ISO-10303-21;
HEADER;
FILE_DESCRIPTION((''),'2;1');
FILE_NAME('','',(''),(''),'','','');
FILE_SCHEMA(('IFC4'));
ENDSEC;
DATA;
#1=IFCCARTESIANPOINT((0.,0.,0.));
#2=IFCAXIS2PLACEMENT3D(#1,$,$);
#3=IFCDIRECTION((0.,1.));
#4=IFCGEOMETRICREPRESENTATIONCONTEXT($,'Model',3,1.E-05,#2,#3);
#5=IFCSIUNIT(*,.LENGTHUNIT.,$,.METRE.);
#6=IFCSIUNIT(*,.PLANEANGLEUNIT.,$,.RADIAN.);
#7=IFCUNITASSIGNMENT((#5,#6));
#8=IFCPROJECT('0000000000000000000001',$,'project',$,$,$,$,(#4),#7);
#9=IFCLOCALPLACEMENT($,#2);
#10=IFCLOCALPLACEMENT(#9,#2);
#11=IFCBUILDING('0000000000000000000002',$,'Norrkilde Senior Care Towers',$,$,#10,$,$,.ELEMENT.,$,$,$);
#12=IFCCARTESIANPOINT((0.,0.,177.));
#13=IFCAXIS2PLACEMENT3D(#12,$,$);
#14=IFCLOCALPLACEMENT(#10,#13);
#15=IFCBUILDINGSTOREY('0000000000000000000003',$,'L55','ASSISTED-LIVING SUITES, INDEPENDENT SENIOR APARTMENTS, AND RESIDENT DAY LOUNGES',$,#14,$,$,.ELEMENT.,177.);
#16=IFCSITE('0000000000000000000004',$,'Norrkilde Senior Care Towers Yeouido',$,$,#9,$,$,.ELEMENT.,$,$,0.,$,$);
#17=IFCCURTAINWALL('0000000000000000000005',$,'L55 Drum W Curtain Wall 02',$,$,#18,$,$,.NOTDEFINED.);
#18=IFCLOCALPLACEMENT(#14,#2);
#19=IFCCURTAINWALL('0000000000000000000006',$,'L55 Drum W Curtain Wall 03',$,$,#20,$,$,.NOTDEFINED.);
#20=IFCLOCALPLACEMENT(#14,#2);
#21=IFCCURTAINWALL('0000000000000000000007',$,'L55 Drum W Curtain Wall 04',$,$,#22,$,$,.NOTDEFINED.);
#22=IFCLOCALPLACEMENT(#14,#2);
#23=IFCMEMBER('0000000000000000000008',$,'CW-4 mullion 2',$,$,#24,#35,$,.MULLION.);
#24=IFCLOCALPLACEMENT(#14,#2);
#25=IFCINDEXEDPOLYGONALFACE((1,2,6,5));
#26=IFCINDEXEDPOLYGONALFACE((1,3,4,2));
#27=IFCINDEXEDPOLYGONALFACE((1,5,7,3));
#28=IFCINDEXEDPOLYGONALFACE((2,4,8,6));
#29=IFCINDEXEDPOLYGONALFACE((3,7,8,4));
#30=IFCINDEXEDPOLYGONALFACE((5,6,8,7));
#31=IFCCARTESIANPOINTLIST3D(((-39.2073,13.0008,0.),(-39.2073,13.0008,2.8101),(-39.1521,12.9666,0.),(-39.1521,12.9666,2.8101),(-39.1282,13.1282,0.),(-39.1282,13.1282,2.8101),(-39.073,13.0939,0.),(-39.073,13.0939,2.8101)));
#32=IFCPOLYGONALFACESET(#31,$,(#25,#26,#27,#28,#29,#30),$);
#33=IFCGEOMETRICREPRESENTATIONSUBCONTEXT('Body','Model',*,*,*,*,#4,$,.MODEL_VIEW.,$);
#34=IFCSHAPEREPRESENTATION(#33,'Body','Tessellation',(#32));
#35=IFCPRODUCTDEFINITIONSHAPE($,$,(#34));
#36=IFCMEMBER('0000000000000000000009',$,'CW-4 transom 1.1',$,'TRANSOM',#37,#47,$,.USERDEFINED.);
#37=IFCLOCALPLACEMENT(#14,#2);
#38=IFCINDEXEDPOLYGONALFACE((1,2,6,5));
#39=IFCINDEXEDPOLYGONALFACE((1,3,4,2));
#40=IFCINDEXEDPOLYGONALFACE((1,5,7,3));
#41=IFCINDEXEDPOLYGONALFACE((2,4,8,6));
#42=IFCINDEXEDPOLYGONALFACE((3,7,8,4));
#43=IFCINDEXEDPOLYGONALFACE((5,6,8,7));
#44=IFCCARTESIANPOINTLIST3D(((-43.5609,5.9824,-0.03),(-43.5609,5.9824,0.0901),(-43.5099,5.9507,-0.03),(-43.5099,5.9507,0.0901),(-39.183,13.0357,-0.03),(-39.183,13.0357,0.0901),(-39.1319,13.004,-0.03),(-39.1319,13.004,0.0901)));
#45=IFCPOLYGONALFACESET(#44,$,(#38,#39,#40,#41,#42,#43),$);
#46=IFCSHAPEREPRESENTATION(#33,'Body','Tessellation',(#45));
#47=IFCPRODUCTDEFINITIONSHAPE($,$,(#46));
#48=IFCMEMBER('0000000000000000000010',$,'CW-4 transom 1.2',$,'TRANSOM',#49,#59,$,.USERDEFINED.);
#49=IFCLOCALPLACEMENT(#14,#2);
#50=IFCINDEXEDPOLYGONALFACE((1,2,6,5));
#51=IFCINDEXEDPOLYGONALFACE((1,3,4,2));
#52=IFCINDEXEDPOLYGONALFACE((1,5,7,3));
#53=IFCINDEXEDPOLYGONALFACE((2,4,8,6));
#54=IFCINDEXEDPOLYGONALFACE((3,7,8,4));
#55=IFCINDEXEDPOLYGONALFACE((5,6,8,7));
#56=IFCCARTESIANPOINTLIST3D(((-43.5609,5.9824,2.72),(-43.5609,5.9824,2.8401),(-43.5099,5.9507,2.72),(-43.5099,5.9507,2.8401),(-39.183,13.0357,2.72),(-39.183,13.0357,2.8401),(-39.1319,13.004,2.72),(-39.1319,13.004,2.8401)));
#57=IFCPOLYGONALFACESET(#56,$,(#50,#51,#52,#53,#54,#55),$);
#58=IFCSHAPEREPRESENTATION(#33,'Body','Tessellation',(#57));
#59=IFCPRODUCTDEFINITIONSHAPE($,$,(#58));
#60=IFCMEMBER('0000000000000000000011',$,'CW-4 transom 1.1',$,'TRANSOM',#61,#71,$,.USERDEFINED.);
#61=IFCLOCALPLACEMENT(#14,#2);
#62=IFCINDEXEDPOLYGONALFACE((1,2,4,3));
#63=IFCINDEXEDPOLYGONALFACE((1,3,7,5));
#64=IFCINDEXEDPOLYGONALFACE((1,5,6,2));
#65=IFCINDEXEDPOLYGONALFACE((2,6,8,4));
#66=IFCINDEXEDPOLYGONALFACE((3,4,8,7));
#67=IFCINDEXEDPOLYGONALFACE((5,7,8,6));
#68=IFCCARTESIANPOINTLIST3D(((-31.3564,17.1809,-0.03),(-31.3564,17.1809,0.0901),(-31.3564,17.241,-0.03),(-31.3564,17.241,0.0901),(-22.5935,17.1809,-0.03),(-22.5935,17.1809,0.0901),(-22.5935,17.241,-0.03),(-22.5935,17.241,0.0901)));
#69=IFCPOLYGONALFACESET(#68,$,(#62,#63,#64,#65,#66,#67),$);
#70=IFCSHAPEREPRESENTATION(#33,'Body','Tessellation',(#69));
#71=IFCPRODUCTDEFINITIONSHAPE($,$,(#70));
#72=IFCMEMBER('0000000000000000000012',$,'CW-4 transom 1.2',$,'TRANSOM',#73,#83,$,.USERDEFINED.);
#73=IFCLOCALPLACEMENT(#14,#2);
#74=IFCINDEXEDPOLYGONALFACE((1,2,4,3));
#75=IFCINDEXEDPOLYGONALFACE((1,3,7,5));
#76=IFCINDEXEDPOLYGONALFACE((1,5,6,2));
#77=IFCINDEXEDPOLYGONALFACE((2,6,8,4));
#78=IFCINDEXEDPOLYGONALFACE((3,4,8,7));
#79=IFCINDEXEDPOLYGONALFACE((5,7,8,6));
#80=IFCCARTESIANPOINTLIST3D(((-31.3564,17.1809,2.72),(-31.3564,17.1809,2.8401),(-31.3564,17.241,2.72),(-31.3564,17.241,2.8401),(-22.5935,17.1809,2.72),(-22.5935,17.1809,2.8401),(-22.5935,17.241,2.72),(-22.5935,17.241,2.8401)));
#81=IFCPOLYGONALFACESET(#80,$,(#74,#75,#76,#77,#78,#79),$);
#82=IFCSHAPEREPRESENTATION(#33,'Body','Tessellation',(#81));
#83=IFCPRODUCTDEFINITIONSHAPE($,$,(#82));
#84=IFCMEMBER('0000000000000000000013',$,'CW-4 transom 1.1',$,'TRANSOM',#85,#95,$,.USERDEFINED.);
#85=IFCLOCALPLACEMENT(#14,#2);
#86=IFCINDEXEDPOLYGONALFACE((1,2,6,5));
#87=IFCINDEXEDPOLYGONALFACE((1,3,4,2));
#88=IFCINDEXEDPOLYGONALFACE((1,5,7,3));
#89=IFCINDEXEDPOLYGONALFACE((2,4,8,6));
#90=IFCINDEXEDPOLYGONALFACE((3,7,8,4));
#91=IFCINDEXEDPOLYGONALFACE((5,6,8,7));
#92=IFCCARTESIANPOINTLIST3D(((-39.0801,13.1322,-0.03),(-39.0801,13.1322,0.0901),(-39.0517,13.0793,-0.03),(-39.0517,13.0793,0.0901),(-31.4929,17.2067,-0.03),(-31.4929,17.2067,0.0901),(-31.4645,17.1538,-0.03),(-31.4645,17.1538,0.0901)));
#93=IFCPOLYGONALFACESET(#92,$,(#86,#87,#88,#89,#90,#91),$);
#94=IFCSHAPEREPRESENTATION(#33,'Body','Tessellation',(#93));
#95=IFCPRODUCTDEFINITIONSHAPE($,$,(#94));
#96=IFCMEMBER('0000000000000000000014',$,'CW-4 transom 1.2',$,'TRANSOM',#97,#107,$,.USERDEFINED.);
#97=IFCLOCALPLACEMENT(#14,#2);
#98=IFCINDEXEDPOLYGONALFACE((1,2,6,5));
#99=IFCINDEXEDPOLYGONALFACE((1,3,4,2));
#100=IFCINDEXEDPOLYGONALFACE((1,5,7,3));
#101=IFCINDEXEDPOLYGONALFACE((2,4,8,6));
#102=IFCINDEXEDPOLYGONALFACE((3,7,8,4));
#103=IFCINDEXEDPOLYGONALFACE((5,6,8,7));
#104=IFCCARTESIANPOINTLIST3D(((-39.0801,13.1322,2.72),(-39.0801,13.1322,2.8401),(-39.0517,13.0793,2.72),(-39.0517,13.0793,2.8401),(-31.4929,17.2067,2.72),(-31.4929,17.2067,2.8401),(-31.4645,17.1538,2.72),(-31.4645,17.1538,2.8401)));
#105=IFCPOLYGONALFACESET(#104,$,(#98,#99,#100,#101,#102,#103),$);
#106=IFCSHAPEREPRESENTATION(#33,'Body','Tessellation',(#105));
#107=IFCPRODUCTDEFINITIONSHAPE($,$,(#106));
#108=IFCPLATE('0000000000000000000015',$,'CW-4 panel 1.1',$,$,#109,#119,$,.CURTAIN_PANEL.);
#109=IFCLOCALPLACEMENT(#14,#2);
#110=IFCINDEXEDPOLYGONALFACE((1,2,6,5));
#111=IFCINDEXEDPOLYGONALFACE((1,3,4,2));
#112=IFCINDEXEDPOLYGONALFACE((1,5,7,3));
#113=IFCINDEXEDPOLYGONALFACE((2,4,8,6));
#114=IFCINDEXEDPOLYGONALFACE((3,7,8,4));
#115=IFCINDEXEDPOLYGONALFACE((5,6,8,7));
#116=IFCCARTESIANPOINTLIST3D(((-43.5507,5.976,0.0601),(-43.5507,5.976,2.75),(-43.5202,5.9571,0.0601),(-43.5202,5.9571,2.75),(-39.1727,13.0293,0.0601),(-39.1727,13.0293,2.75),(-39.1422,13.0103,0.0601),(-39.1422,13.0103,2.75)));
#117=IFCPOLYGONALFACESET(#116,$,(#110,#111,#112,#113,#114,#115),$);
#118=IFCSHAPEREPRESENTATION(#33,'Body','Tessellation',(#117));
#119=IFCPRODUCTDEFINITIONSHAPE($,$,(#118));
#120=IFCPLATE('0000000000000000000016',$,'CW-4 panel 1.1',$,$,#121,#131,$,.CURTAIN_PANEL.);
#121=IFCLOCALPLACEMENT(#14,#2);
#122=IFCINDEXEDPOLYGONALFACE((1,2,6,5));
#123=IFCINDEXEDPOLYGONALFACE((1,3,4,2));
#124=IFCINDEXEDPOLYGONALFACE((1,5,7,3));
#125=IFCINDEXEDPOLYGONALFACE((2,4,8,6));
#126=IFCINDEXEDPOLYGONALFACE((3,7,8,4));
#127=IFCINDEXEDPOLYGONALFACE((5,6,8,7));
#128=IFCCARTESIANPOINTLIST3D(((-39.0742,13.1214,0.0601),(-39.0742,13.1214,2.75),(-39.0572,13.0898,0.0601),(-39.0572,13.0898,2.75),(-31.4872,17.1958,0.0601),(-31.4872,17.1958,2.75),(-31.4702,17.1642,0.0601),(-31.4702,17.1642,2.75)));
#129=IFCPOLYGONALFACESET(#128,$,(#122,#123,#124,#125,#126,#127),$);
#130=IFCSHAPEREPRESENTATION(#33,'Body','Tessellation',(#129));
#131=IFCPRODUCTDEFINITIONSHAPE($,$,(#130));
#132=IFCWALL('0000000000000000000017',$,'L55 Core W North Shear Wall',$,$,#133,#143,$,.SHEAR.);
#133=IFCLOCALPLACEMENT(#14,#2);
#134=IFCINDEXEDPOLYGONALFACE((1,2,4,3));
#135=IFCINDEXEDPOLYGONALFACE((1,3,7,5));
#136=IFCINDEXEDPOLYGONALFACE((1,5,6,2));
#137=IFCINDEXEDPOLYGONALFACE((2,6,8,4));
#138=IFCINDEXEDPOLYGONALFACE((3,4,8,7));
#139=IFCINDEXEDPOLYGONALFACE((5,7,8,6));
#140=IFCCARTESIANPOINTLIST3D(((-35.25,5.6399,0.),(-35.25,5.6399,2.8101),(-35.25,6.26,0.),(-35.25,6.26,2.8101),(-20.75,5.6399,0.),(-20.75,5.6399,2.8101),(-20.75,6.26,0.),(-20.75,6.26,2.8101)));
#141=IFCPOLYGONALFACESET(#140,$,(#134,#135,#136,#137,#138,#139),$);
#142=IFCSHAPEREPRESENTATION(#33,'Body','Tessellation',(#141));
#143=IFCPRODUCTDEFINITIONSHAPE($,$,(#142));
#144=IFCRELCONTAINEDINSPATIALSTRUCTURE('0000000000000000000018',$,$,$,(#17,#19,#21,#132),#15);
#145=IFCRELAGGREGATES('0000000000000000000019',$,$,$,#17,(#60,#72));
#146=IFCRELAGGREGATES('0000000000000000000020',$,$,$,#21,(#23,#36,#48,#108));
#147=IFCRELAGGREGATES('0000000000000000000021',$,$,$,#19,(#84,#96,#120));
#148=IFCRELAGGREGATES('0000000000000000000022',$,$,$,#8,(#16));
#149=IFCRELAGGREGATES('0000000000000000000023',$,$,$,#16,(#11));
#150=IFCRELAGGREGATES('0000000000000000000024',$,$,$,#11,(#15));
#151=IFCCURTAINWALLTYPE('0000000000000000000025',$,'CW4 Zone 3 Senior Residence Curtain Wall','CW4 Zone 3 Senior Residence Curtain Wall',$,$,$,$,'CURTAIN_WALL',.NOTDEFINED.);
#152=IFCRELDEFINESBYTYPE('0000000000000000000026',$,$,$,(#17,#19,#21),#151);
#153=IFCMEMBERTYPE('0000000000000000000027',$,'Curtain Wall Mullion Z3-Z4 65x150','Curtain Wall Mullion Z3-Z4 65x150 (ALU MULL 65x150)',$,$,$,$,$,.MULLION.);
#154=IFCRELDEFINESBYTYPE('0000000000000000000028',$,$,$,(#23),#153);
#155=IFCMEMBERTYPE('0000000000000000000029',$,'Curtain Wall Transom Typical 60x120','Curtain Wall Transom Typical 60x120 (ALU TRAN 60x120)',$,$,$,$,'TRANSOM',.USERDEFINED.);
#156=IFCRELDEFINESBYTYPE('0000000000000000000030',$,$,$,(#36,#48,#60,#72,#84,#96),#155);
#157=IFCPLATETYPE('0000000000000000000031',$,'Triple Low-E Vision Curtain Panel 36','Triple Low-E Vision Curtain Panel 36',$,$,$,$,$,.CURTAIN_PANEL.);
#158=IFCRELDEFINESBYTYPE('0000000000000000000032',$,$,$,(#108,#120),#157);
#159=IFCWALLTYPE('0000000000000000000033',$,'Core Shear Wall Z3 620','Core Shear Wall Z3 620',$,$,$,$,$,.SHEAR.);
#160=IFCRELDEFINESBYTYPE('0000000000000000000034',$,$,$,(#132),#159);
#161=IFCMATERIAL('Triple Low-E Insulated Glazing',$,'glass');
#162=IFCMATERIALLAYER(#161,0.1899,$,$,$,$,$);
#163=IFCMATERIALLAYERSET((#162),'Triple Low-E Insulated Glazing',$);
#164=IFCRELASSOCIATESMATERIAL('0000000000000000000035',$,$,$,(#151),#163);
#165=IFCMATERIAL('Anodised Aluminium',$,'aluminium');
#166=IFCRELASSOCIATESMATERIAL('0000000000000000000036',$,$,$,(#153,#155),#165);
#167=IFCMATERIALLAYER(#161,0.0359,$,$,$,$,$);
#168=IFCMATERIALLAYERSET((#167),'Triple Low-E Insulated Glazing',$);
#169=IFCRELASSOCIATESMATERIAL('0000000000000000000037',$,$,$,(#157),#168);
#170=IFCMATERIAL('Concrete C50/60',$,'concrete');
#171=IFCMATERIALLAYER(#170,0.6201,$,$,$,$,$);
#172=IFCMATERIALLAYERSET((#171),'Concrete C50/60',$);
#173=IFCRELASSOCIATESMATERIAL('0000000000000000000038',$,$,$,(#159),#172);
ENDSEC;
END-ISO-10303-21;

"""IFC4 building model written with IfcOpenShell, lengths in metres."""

from ifc_helpers import new_model, si_unit, direction, frame, frame_2d, origin, origin_2d, place, context, subcontext, project, spatial, rectangle, extrude, source, transform, mapped, material, layer, layer_set, material_profile, profile_set, type_object, type_shapes, element, aggregate, save


model = new_model("IFC4")

# Units and contexts
model_context = context("Model", 3, precision=1e-05, world=origin(), true_north=direction((0.0, 1.0)))
body_context = subcontext(model_context, "Body", "Model", "MODEL_VIEW")
ifc_project = project(units=[si_unit("LENGTHUNIT", "METRE"), si_unit("PLANEANGLEUNIT", "RADIAN")], contexts=[model_context])

# Site, building, storey
site_placement = place(None, origin())
site = spatial("IfcSite", under=ifc_project, at=site_placement, Name="Norrkilde Senior Care Towers Yeouido", CompositionType="ELEMENT", RefElevation=0.0)
building_placement = place(site_placement, origin())
building = spatial("IfcBuilding", under=site, at=building_placement, Name="Norrkilde Senior Care Towers", CompositionType="ELEMENT")
storey_placement = place(building_placement, frame((0.0, 0.0, 177.0)))
storey = spatial("IfcBuildingStorey", under=building, at=storey_placement, Name="L55", Description="ASSISTED-LIVING SUITES, INDEPENDENT SENIOR APARTMENTS, AND RESIDENT DAY LOUNGES", CompositionType="ELEMENT", Elevation=177.0)

# Shared definitions
ifc_material_1 = material(Name="Concrete C50/60", Category="concrete")

# Curtain wall
ifc_material_2 = material(Name="Triple Low-E Insulated Glazing", Category="glass")
ifc_layer_1 = layer(ifc_material_2, 0.1899)
ifc_layer_set_1 = layer_set([ifc_layer_1], Name="Triple Low-E Insulated Glazing")
curtain_wall_type = type_object("IfcCurtainWallType", Name="CW4 Zone 3 Senior Residence Curtain Wall", Description="CW4 Zone 3 Senior Residence Curtain Wall", ElementType="CURTAIN_WALL", PredefinedType="NOTDEFINED", material=ifc_layer_set_1)
curtain_wall_1_placement = place(storey_placement, origin())
curtain_wall_1 = element("IfcCurtainWall", 1, at=curtain_wall_1_placement, inside=storey, type_object=curtain_wall_type, Name="L55 Drum W Curtain Wall 02", PredefinedType="NOTDEFINED")
ifc_material_3 = material(Name="Anodised Aluminium", Category="aluminium")
ifc_material_profile_1 = material_profile(ifc_material_3, rectangle(XDim=0.0649, YDim=0.1499, at=origin_2d()), Name="ALU MULL 65x150")
ifc_profile_set_1 = profile_set([ifc_material_profile_1], Name="Anodised Aluminium")
member_type_1 = type_object("IfcMemberType", Name="Curtain Wall Mullion Z3-Z4 65x150", Description="Curtain Wall Mullion Z3-Z4 65x150 (ALU MULL 65x150)", PredefinedType="MULLION", material=ifc_profile_set_1)
shared_shape_1 = source(origin(), body_context, "Body", "SweptSolid", [
    extrude(rectangle(XDim=0.0649, YDim=0.1499, at=origin_2d()), origin(), (0.0, 0.0, 1.0), 2.8101),
])
type_shapes(member_type_1, [shared_shape_1])

# Curtain walls, members
curtain_wall_2_placement = place(storey_placement, origin())
curtain_wall_2 = element("IfcCurtainWall", 2, at=curtain_wall_2_placement, inside=storey, type_object=curtain_wall_type, Name="L55 Drum W Curtain Wall 03", PredefinedType="NOTDEFINED")
curtain_wall_3_placement = place(storey_placement, origin())
curtain_wall_3 = element("IfcCurtainWall", 3, at=curtain_wall_3_placement, inside=storey, type_object=curtain_wall_type, Name="L55 Drum W Curtain Wall 04", PredefinedType="NOTDEFINED")
member_1_placement = place(storey_placement, frame((-39.1401, 13.0474, 0.0), z_axis=(0.0, 0.0, 1.0), x_axis=(-0.849634, 0.527373, 0.0)))
member_1 = element("IfcMember", 4, at=member_1_placement, type_object=member_type_1, Name="CW-4 mullion 2", PredefinedType="MULLION", context=body_context, shape_type="MappedRepresentation", body=[
    mapped(shared_shape_1, transform((0.0, 0.0, 0.0), x_axis=(1.0, 0.0, 0.0), y_axis=(0.0, 1.0, 0.0), z_axis=(0.0, 0.0, 1.0), scale=1.0)),
])
ifc_material_profile_2 = material_profile(ifc_material_3, rectangle(XDim=0.0601, YDim=0.1201, at=origin_2d()), Name="ALU TRAN 60x120")
ifc_profile_set_2 = profile_set([ifc_material_profile_2], Name="Anodised Aluminium")
member_type_2 = type_object("IfcMemberType", Name="Curtain Wall Transom Typical 60x120", Description="Curtain Wall Transom Typical 60x120 (ALU TRAN 60x120)", ElementType="TRANSOM", PredefinedType="USERDEFINED", material=ifc_profile_set_2)
shared_shape_2 = source(origin(), body_context, "Body", "SweptSolid", [
    extrude(rectangle(XDim=0.0601, YDim=0.1201, at=origin_2d()), origin(), (0.0, 0.0, 1.0), 8.3015),
])
member_2_placement = place(storey_placement, frame((-43.5354, 5.9666, 0.03), z_axis=(0.527369, 0.849637, 0.0), x_axis=(-0.849637, 0.527369, 0.0)))
member_2 = element("IfcMember", 5, at=member_2_placement, type_object=member_type_2, Name="CW-4 transom 1.1", ObjectType="TRANSOM", PredefinedType="USERDEFINED", context=body_context, shape_type="MappedRepresentation", body=[
    mapped(shared_shape_2, transform((0.0, 0.0, 0.0), x_axis=(1.0, 0.0, 0.0), y_axis=(0.0, 1.0, 0.0), z_axis=(0.0, 0.0, 1.0), scale=1.0)),
])
member_3_placement = place(storey_placement, frame((-43.5354, 5.9666, 2.78), z_axis=(0.527369, 0.849637, 0.0), x_axis=(-0.849637, 0.527369, 0.0)))
member_3 = element("IfcMember", 6, at=member_3_placement, type_object=member_type_2, Name="CW-4 transom 1.2", ObjectType="TRANSOM", PredefinedType="USERDEFINED", context=body_context, shape_type="MappedRepresentation", body=[
    mapped(shared_shape_2, transform((0.0, 0.0, 0.0), x_axis=(1.0, 0.0, 0.0), y_axis=(0.0, 1.0, 0.0), z_axis=(0.0, 0.0, 1.0), scale=1.0)),
])

# Members
shared_shape_3 = source(origin(), body_context, "Body", "SweptSolid", [
    extrude(rectangle(XDim=0.0601, YDim=0.1201, at=origin_2d()), origin(), (0.0, 0.0, 1.0), 8.7629),
])
member_4_placement = place(storey_placement, frame((-31.3564, 17.2109, 0.03), z_axis=(1.0, 0.0, 0.0), x_axis=(0.0, 1.0, 0.0)))
member_4 = element("IfcMember", 7, at=member_4_placement, type_object=member_type_2, Name="CW-4 transom 1.1", ObjectType="TRANSOM", PredefinedType="USERDEFINED", context=body_context, shape_type="MappedRepresentation", body=[
    mapped(shared_shape_3, transform((0.0, 0.0, 0.0), x_axis=(1.0, 0.0, 0.0), y_axis=(0.0, 1.0, 0.0), z_axis=(0.0, 0.0, 1.0), scale=1.0)),
])
member_5_placement = place(storey_placement, frame((-31.3564, 17.2109, 2.78), z_axis=(1.0, 0.0, 0.0), x_axis=(0.0, 1.0, 0.0)))
member_5 = element("IfcMember", 8, at=member_5_placement, type_object=member_type_2, Name="CW-4 transom 1.2", ObjectType="TRANSOM", PredefinedType="USERDEFINED", context=body_context, shape_type="MappedRepresentation", body=[
    mapped(shared_shape_3, transform((0.0, 0.0, 0.0), x_axis=(1.0, 0.0, 0.0), y_axis=(0.0, 1.0, 0.0), z_axis=(0.0, 0.0, 1.0), scale=1.0)),
])
aggregate(curtain_wall_1, [member_4, member_5])
shared_shape_4 = source(origin(), body_context, "Body", "SweptSolid", [
    extrude(rectangle(XDim=0.0601, YDim=0.1201, at=origin_2d()), origin(), (0.0, 0.0, 1.0), 8.6121),
])
type_shapes(member_type_2, [shared_shape_2, shared_shape_3, shared_shape_4])
member_6_placement = place(storey_placement, frame((-39.0659, 13.1057, 0.03), z_axis=(0.881, 0.473116, 0.0), x_axis=(-0.473116, 0.881, 0.0)))
member_6 = element("IfcMember", 9, at=member_6_placement, type_object=member_type_2, Name="CW-4 transom 1.1", ObjectType="TRANSOM", PredefinedType="USERDEFINED", context=body_context, shape_type="MappedRepresentation", body=[
    mapped(shared_shape_4, transform((0.0, 0.0, 0.0), x_axis=(1.0, 0.0, 0.0), y_axis=(0.0, 1.0, 0.0), z_axis=(0.0, 0.0, 1.0), scale=1.0)),
])
member_7_placement = place(storey_placement, frame((-39.0659, 13.1057, 2.78), z_axis=(0.881, 0.473116, 0.0), x_axis=(-0.473116, 0.881, 0.0)))
member_7 = element("IfcMember", 10, at=member_7_placement, type_object=member_type_2, Name="CW-4 transom 1.2", ObjectType="TRANSOM", PredefinedType="USERDEFINED", context=body_context, shape_type="MappedRepresentation", body=[
    mapped(shared_shape_4, transform((0.0, 0.0, 0.0), x_axis=(1.0, 0.0, 0.0), y_axis=(0.0, 1.0, 0.0), z_axis=(0.0, 0.0, 1.0), scale=1.0)),
])

# Plates
ifc_layer_2 = layer(ifc_material_2, 0.0359)
ifc_layer_set_2 = layer_set([ifc_layer_2], Name="Triple Low-E Insulated Glazing")
plate_type = type_object("IfcPlateType", Name="Triple Low-E Vision Curtain Panel 36", Description="Triple Low-E Vision Curtain Panel 36", PredefinedType="CURTAIN_PANEL", material=ifc_layer_set_2)
shared_shape_5 = source(origin(), body_context, "Body", "SweptSolid", [
    extrude(rectangle(XDim=8.3015, YDim=0.0359, at=origin_2d()), origin(), (0.0, 0.0, 1.0), 2.6899),
])
plate_1_placement = place(storey_placement, frame((-41.3464, 9.4932, 0.0601), z_axis=(0.0, 0.0, 1.0), x_axis=(0.527373, 0.849634, 0.0)))
plate_1 = element("IfcPlate", 11, at=plate_1_placement, type_object=plate_type, Name="CW-4 panel 1.1", PredefinedType="CURTAIN_PANEL", context=body_context, shape_type="MappedRepresentation", body=[
    mapped(shared_shape_5, transform((0.0, 0.0, 0.0), x_axis=(1.0, 0.0, 0.0), y_axis=(0.0, 1.0, 0.0), z_axis=(0.0, 0.0, 1.0), scale=1.0)),
])
aggregate(curtain_wall_3, [member_1, member_2, member_3, plate_1])
shared_shape_6 = source(origin(), body_context, "Body", "SweptSolid", [
    extrude(rectangle(XDim=8.6118, YDim=0.0359, at=origin_2d()), origin(), (0.0, 0.0, 1.0), 2.6899),
])
type_shapes(plate_type, [shared_shape_5, shared_shape_6])
plate_2_placement = place(storey_placement, frame((-35.2722, 15.1428, 0.0601), z_axis=(0.0, 0.0, 1.0), x_axis=(0.881, 0.473117, 0.0)))
plate_2 = element("IfcPlate", 12, at=plate_2_placement, type_object=plate_type, Name="CW-4 panel 1.1", PredefinedType="CURTAIN_PANEL", context=body_context, shape_type="MappedRepresentation", body=[
    mapped(shared_shape_6, transform((0.0, 0.0, 0.0), x_axis=(1.0, 0.0, 0.0), y_axis=(0.0, 1.0, 0.0), z_axis=(0.0, 0.0, 1.0), scale=1.0)),
])
aggregate(curtain_wall_2, [member_6, member_7, plate_2])

# Wall
ifc_layer_3 = layer(ifc_material_1, 0.6201)
ifc_layer_set_3 = layer_set([ifc_layer_3], Name="Concrete C50/60")
wall_type_1 = type_object("IfcWallType", Name="Core Shear Wall Z3 620", Description="Core Shear Wall Z3 620", PredefinedType="SHEAR", material=ifc_layer_set_3)
shared_shape_7 = source(origin(), body_context, "Body", "SweptSolid", [
    extrude(rectangle(XDim=14.5, YDim=0.6201, at=frame_2d((7.25, 0.0))), origin(), (0.0, 0.0, 1.0), 2.8101),
])
type_shapes(wall_type_1, [shared_shape_7])
wall_1_placement = place(storey_placement, frame((-35.25, 5.95, 0.0), z_axis=(0.0, 0.0, 1.0), x_axis=(1.0, 0.0, 0.0)))
element("IfcWall", 13, at=wall_1_placement, inside=storey, type_object=wall_type_1, Name="L55 Core W North Shear Wall", PredefinedType="SHEAR", context=body_context, shape_type="MappedRepresentation", body=[
    mapped(shared_shape_7, transform((0.0, 0.0, 0.0), x_axis=(1.0, 0.0, 0.0), y_axis=(0.0, 1.0, 0.0), z_axis=(0.0, 0.0, 1.0), scale=1.0)),
])

save(model, "model.ifc")
